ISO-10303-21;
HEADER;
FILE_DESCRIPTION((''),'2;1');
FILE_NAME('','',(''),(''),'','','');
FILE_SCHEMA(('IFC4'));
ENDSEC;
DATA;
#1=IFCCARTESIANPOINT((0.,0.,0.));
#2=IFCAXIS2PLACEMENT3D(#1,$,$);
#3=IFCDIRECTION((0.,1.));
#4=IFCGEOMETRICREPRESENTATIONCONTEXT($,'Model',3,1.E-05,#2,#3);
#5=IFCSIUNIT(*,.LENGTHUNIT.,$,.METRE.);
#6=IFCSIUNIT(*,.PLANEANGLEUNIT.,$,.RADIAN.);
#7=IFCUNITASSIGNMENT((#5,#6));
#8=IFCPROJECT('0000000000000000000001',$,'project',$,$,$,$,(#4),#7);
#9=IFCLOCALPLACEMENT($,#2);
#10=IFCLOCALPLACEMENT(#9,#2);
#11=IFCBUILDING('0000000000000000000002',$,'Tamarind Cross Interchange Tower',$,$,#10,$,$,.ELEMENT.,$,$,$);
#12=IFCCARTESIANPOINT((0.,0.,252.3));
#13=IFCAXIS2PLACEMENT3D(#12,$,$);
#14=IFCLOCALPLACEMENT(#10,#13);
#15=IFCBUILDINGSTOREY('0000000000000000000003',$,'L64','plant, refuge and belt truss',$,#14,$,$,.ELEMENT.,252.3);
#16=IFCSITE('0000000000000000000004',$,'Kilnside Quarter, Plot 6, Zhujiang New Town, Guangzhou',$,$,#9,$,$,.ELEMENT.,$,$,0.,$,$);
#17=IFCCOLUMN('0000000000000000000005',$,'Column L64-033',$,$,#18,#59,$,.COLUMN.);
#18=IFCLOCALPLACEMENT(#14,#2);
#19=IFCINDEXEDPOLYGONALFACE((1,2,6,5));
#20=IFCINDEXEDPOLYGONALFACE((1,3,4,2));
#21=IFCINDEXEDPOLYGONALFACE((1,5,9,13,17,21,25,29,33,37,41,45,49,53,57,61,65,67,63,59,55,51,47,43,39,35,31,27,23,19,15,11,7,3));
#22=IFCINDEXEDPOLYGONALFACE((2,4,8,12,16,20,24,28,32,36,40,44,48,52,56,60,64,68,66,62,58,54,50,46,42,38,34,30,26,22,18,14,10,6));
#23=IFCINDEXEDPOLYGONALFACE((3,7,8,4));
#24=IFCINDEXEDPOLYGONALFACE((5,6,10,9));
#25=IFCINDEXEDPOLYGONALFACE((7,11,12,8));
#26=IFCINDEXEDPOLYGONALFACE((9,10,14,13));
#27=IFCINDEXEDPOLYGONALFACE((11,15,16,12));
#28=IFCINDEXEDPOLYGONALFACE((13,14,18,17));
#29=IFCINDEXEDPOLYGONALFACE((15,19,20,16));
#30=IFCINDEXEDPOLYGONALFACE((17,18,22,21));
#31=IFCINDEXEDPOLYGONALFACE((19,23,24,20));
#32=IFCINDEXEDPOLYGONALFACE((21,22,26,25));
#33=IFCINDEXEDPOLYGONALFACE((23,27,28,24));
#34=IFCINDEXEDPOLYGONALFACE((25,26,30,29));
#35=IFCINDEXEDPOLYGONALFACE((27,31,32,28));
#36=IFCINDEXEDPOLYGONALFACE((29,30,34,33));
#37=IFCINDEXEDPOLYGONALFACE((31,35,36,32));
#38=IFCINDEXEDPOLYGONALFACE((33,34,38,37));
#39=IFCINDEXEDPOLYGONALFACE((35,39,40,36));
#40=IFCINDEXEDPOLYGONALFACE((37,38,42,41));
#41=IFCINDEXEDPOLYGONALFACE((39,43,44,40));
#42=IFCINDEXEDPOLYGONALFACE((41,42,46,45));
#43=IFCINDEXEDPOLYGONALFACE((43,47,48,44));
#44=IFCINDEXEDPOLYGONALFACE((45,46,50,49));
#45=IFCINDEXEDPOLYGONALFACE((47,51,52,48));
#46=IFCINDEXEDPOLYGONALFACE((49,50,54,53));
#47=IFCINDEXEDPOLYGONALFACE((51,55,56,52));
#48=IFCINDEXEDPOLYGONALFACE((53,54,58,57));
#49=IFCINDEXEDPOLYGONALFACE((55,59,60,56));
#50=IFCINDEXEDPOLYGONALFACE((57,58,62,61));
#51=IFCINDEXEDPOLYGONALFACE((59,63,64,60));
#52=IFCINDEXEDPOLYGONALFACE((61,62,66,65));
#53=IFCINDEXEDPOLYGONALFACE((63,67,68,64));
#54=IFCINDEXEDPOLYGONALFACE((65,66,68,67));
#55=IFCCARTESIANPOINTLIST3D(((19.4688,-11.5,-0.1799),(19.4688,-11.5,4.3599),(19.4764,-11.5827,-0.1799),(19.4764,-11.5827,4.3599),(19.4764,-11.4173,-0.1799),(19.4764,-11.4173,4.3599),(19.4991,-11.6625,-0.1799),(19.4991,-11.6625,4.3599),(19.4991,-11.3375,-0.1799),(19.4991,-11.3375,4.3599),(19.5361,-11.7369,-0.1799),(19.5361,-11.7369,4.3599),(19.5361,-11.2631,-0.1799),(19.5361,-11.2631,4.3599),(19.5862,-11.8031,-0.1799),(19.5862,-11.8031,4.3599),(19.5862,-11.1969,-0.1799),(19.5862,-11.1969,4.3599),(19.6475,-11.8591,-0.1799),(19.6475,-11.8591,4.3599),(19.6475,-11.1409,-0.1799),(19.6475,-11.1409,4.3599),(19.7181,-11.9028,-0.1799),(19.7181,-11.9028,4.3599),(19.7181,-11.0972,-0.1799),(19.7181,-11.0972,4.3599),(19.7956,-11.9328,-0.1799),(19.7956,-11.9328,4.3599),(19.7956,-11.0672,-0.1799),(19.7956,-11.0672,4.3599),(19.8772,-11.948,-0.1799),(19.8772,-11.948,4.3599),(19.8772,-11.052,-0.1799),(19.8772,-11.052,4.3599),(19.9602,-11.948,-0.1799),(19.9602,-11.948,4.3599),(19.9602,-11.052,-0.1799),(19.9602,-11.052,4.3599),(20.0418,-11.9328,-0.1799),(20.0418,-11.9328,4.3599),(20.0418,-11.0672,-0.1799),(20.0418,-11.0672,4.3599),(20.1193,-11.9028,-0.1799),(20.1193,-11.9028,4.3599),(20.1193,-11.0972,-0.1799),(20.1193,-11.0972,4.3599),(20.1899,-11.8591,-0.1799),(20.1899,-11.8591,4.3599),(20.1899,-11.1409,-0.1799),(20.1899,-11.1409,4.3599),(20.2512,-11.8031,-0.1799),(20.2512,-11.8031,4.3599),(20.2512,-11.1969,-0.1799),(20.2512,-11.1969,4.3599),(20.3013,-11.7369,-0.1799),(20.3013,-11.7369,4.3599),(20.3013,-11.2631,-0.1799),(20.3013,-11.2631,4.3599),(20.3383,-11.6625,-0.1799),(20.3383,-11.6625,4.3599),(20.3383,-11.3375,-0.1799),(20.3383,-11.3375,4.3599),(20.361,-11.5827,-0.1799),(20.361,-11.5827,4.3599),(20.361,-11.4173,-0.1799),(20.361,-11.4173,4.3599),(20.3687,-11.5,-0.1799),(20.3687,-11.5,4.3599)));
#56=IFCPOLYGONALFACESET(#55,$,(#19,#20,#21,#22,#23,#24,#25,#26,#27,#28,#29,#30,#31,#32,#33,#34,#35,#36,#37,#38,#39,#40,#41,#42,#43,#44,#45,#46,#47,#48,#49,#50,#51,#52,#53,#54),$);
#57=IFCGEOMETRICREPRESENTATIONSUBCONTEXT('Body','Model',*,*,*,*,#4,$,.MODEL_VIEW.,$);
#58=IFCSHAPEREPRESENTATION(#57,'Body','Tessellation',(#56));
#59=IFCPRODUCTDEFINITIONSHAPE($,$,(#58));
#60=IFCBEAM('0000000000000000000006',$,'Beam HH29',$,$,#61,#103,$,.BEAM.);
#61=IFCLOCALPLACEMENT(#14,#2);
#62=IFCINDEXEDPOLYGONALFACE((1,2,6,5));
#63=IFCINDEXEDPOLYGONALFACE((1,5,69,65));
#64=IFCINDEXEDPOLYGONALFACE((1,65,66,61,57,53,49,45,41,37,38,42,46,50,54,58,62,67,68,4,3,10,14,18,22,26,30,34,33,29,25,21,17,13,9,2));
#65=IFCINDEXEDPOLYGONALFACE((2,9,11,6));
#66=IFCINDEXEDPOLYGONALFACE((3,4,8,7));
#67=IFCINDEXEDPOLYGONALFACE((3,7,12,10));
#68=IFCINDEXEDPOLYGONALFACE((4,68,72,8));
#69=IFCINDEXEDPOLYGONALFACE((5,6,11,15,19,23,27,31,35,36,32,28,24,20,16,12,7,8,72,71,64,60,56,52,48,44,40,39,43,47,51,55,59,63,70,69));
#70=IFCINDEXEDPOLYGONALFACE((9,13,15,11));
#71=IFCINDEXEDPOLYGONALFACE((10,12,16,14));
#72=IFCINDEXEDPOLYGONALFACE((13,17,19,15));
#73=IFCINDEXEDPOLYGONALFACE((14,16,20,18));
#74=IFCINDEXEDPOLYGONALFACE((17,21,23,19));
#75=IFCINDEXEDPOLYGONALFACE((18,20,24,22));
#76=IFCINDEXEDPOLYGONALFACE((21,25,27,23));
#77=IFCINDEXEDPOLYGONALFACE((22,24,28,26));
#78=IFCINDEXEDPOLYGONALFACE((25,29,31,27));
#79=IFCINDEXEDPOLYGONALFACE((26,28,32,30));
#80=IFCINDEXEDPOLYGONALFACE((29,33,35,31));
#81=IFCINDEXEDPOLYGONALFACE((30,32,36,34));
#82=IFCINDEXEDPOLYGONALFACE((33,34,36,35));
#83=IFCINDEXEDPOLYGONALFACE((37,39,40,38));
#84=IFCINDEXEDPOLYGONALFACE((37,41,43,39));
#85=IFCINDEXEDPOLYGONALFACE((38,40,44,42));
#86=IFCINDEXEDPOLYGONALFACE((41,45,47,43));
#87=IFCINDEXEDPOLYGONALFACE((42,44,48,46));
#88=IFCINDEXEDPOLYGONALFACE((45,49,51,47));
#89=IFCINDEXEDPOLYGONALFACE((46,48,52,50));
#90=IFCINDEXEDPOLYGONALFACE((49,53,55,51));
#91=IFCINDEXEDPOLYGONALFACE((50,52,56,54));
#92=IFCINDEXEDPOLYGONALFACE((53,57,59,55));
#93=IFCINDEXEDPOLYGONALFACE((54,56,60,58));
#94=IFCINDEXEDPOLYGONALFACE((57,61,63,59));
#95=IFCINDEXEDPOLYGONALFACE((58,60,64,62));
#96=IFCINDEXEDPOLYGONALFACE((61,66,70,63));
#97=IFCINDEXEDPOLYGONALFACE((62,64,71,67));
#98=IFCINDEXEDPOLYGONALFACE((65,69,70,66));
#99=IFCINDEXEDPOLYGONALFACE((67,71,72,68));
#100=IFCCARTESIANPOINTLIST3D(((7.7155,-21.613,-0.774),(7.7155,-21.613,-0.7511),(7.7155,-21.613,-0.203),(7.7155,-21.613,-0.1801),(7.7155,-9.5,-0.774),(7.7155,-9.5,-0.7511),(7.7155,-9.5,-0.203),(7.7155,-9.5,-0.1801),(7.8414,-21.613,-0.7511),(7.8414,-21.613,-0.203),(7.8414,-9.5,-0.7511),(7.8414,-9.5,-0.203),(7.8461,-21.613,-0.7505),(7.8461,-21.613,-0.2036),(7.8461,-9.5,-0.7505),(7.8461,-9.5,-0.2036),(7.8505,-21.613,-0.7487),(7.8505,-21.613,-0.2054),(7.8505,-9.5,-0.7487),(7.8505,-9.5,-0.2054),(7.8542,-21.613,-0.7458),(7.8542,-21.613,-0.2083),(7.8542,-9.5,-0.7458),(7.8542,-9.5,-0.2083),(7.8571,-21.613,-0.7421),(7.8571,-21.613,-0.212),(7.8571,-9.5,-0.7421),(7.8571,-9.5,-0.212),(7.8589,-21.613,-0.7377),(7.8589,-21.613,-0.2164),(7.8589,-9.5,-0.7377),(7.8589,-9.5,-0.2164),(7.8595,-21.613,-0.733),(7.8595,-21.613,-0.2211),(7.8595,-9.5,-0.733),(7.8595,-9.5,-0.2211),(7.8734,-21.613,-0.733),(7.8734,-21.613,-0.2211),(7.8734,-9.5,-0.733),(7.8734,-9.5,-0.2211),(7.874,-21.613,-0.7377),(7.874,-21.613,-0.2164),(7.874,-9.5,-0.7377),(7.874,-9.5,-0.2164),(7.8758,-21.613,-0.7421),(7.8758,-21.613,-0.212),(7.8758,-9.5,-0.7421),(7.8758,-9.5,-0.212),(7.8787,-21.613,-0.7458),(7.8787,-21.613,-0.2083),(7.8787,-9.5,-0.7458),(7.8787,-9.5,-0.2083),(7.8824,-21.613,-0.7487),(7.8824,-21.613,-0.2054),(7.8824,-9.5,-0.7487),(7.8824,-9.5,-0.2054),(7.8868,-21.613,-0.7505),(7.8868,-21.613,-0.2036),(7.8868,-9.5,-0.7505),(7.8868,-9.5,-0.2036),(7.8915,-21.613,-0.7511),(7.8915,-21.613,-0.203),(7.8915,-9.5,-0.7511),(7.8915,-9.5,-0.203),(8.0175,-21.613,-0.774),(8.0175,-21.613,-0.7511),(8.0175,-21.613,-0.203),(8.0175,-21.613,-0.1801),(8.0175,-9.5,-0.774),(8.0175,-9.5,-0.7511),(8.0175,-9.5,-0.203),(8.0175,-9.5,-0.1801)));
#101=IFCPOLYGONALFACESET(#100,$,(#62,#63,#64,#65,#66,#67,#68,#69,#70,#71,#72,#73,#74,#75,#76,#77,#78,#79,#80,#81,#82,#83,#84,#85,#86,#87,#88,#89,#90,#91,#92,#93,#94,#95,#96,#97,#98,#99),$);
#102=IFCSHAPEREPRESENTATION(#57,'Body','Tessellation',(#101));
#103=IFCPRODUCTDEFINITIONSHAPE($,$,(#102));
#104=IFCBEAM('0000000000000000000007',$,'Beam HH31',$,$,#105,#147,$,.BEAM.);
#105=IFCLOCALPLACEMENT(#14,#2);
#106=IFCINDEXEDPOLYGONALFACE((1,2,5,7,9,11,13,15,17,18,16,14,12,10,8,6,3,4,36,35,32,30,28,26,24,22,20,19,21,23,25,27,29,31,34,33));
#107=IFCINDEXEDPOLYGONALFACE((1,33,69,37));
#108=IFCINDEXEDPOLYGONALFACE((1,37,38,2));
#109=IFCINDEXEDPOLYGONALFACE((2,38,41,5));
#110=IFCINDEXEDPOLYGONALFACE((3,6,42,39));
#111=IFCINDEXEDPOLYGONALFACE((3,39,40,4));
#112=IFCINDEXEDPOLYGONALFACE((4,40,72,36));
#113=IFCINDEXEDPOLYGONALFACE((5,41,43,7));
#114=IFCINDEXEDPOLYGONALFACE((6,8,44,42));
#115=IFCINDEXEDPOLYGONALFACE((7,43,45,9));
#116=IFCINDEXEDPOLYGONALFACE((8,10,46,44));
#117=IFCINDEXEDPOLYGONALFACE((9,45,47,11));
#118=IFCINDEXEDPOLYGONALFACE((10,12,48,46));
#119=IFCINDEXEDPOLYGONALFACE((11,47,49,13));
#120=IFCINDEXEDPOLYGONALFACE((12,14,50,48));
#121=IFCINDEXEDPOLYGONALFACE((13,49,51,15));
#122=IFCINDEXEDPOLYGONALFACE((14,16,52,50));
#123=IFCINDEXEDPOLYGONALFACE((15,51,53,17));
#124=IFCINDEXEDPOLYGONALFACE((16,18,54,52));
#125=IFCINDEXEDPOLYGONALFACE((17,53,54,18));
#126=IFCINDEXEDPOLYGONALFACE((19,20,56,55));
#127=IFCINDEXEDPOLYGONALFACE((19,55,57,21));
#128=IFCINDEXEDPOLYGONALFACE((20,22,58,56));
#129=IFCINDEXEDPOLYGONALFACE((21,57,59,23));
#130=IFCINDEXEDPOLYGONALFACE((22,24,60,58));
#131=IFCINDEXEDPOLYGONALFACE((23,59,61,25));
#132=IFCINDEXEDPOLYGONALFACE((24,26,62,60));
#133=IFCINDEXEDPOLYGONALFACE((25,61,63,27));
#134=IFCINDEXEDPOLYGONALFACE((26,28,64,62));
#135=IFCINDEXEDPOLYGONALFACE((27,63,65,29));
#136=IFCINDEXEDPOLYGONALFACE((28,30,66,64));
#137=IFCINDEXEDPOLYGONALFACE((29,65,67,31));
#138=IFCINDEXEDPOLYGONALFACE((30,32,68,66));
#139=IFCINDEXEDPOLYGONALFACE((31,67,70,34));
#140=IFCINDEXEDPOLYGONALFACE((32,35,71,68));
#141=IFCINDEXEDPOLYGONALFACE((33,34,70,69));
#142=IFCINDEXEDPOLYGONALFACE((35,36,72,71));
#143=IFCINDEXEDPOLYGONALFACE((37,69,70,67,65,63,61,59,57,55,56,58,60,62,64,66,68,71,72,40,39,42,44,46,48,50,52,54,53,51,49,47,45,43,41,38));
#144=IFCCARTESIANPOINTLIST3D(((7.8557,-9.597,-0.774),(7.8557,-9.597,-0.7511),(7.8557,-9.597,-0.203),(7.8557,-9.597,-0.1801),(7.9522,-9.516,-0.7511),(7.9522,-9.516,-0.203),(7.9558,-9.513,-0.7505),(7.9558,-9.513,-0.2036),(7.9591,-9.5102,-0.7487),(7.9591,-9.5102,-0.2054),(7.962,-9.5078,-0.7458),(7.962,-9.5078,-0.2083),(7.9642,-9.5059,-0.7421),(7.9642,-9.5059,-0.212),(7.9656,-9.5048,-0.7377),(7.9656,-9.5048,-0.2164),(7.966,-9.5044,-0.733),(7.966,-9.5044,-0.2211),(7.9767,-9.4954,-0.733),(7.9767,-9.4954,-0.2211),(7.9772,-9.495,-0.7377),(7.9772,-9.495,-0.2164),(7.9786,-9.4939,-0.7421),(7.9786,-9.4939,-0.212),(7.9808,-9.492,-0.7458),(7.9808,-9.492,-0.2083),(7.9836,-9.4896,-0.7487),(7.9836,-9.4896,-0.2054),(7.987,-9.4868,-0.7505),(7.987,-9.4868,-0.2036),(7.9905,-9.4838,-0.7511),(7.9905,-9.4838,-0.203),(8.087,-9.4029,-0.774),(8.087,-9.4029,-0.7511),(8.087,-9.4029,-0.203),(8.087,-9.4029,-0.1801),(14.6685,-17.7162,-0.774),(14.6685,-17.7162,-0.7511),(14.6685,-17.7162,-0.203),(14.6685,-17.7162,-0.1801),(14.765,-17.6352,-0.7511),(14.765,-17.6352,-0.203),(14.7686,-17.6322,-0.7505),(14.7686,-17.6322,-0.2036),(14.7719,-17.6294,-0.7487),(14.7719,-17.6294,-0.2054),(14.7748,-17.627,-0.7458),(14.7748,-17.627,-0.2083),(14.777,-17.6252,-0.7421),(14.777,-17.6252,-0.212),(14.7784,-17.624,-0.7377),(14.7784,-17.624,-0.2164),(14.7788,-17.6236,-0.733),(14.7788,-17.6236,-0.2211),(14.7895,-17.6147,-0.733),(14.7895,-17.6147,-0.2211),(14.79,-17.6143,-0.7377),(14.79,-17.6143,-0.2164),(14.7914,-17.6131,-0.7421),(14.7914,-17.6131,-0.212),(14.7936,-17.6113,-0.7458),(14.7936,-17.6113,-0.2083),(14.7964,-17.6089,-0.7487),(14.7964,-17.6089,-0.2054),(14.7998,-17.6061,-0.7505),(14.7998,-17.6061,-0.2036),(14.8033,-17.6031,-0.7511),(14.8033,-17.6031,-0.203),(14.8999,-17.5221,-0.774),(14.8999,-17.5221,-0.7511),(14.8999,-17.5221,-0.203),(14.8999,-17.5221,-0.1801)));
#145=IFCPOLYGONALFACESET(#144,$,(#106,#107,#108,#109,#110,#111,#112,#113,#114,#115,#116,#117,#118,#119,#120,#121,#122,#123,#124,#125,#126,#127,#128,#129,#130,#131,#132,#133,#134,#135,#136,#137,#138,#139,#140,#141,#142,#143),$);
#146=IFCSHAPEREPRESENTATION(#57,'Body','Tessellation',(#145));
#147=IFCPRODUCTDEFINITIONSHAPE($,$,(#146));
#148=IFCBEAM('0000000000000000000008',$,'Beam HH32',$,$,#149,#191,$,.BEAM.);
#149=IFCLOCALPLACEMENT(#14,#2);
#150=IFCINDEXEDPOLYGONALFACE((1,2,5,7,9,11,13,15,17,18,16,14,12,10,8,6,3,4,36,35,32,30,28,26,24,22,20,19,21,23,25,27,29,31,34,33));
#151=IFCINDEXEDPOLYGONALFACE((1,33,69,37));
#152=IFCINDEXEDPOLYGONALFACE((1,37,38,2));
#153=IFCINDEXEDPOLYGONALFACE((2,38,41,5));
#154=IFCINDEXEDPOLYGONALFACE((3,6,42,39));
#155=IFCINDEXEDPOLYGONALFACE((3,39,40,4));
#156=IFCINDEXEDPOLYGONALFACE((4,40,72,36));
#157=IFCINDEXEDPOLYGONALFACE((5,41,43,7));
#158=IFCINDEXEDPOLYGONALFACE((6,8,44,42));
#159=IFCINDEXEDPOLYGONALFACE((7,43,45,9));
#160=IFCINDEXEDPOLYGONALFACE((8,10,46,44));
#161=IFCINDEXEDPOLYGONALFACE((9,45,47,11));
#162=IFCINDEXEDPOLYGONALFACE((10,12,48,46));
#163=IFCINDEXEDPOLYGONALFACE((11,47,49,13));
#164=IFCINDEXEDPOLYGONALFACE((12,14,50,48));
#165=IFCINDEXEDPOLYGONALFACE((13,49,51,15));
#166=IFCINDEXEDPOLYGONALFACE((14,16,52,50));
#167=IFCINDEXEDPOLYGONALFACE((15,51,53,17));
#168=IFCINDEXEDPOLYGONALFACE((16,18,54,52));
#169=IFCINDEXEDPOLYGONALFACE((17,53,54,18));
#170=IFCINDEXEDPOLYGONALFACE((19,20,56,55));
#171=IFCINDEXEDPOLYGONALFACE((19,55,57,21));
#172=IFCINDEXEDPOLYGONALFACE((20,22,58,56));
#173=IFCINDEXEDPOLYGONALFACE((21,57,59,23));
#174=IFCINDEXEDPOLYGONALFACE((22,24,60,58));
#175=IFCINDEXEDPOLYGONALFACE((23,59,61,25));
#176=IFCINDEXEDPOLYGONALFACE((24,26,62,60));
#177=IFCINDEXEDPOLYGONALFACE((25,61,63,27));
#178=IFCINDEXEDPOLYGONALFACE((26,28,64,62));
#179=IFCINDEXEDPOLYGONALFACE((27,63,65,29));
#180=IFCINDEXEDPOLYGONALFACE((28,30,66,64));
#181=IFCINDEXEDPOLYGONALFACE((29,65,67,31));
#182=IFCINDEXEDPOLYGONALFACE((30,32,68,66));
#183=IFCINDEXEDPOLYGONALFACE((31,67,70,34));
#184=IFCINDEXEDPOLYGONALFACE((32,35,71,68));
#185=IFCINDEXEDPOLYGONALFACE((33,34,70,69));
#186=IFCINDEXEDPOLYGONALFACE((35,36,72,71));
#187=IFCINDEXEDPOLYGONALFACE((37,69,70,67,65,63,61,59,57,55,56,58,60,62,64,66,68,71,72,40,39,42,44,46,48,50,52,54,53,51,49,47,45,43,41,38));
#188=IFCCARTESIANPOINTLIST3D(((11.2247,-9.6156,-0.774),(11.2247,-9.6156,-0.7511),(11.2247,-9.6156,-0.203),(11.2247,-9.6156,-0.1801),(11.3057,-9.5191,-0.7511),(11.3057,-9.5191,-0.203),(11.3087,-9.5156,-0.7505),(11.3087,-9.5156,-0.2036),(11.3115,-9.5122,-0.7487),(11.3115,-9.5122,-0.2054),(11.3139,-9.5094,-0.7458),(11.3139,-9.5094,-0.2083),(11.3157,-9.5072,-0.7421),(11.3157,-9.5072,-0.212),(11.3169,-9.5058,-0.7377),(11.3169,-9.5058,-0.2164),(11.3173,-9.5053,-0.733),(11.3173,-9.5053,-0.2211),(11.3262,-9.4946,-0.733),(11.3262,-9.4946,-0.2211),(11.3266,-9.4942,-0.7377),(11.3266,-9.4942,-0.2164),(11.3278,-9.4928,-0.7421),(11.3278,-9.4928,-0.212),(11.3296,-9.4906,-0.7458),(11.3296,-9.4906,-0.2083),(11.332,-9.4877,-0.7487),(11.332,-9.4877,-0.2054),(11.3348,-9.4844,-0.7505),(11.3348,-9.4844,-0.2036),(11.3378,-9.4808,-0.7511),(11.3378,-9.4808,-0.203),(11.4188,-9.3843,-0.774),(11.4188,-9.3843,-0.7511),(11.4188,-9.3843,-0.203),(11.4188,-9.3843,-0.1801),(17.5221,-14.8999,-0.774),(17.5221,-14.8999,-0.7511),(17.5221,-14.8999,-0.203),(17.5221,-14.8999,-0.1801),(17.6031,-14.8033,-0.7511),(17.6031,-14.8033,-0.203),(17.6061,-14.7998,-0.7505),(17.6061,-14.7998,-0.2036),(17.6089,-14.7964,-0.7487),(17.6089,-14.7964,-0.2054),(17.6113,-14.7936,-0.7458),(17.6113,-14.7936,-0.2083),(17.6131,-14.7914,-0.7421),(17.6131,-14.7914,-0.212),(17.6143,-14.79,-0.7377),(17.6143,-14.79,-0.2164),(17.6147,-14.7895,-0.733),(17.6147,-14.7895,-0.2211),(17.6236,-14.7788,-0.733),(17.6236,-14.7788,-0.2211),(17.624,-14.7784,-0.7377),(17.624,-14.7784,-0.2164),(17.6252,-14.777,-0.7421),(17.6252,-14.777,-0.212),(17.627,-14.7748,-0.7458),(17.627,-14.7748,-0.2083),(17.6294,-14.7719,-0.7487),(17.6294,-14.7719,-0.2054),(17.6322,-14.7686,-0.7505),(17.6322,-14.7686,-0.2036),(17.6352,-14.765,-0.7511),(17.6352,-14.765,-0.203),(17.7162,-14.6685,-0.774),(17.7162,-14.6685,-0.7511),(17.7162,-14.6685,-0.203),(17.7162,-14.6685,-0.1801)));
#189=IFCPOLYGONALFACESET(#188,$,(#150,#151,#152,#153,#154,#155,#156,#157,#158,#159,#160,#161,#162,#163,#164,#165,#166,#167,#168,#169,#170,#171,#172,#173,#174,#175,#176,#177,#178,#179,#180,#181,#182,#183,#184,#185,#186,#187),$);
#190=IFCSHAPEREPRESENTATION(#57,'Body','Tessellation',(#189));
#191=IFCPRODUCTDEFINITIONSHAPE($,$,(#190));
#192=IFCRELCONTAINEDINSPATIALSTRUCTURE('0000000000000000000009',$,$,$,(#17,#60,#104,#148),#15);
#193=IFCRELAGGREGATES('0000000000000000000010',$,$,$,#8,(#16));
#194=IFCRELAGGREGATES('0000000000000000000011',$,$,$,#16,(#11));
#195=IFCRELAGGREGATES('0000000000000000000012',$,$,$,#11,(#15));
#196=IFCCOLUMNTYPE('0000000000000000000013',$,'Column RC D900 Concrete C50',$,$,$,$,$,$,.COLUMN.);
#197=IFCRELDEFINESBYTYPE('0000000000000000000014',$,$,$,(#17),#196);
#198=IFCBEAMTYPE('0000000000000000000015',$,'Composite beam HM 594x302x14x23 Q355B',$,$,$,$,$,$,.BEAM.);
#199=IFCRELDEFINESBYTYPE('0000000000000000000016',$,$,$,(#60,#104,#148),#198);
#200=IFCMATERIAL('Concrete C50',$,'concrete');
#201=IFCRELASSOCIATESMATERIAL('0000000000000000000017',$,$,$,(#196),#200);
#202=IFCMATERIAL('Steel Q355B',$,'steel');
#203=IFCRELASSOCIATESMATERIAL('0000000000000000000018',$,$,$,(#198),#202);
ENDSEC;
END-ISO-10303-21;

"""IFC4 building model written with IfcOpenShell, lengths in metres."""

from ifc_helpers import new_model, si_unit, direction, frame, origin, origin_2d, place, context, subcontext, project, spatial, circle, i_section, extrude, material, material_profile, profile_set, type_object, element, save


model = new_model("IFC4")

# Units and contexts
model_context = context("Model", 3, precision=1e-05, world=origin(), true_north=direction((0.0, 1.0)))
body_context = subcontext(model_context, "Body", "Model", "MODEL_VIEW")
ifc_project = project(units=[si_unit("LENGTHUNIT", "METRE"), si_unit("PLANEANGLEUNIT", "RADIAN")], contexts=[model_context])

# Site, building, storey
site_placement = place(None, origin())
site = spatial("IfcSite", under=ifc_project, at=site_placement, Name="Kilnside Quarter, Plot 6, Zhujiang New Town, Guangzhou", CompositionType="ELEMENT", RefElevation=0.0)
building_placement = place(site_placement, origin())
building = spatial("IfcBuilding", under=site, at=building_placement, Name="Tamarind Cross Interchange Tower", CompositionType="ELEMENT")
storey_placement = place(building_placement, frame((0.0, 0.0, 252.3)))
storey = spatial("IfcBuildingStorey", under=building, at=storey_placement, Name="L64", Description="plant, refuge and belt truss", CompositionType="ELEMENT", Elevation=252.3)

# Column
ifc_material_1 = material(Name="Concrete C50", Category="concrete")
ifc_material_profile_1 = material_profile(ifc_material_1, circle(Radius=0.45, at=origin_2d()), Name="RC D900")
ifc_profile_set_1 = profile_set([ifc_material_profile_1], Name="Concrete C50")
column_type = type_object("IfcColumnType", Name="Column RC D900 Concrete C50", PredefinedType="COLUMN", material=ifc_profile_set_1)
for number, where, z_axis, x_axis, name in (
    (1, (19.9187, -11.5, -0.1799), (0.0, 0.0, 1.0), (1.0, 0.0, 0.0), "Column L64-033"),
):
    element("IfcColumn", number, at=place(storey_placement, frame(where, z_axis=z_axis, x_axis=x_axis)), inside=storey, type_object=column_type, Name=name, PredefinedType="COLUMN", context=body_context, shape_type="SweptSolid", body=[
        extrude(circle(Radius=0.45, at=origin_2d()), origin(), (0.0, 0.0, 1.0), 4.5398),
    ])

# Beams
ifc_material_2 = material(Name="Steel Q355B", Category="steel")
ifc_material_profile_2 = material_profile(ifc_material_2, i_section(OverallWidth=0.302, OverallDepth=0.594, WebThickness=0.0139, FlangeThickness=0.0229, FilletRadius=0.0181, at=origin_2d()), Name="HM 594x302x14x23")
ifc_profile_set_2 = profile_set([ifc_material_profile_2], Name="Steel Q355B")
beam_type = type_object("IfcBeamType", Name="Composite beam HM 594x302x14x23 Q355B", PredefinedType="BEAM", material=ifc_profile_set_2)
beam_1_placement = place(storey_placement, frame((7.8665, -21.613, -0.4771), z_axis=(0.0, 1.0, 0.0), x_axis=(-1.0, 0.0, 0.0)))
element("IfcBeam", 2, at=beam_1_placement, inside=storey, type_object=beam_type, Name="Beam HH29", PredefinedType="BEAM", context=body_context, shape_type="SweptSolid", body=[
    extrude(i_section(OverallWidth=0.302, OverallDepth=0.594, WebThickness=0.0139, FlangeThickness=0.0229, FilletRadius=0.0181, at=origin_2d()), origin(), (0.0, 0.0, 1.0), 12.113),
])
beam_2_placement = place(storey_placement, frame((14.7842, -17.6191, -0.4771), z_axis=(-0.642786, 0.766046, 0.0), x_axis=(-0.766046, -0.642786, 0.0)))
element("IfcBeam", 3, at=beam_2_placement, inside=storey, type_object=beam_type, Name="Beam HH31", PredefinedType="BEAM", context=body_context, shape_type="SweptSolid", body=[
    extrude(i_section(OverallWidth=0.302, OverallDepth=0.594, WebThickness=0.0139, FlangeThickness=0.0229, FilletRadius=0.0181, at=origin_2d()), origin(), (0.0, 0.0, 1.0), 10.5989),
])
beam_3_placement = place(storey_placement, frame((17.6191, -14.7842, -0.4771), z_axis=(-0.766041, 0.642792, 0.0), x_axis=(-0.642792, -0.766041, 0.0)))
element("IfcBeam", 4, at=beam_3_placement, inside=storey, type_object=beam_type, Name="Beam HH32", PredefinedType="BEAM", context=body_context, shape_type="SweptSolid", body=[
    extrude(i_section(OverallWidth=0.302, OverallDepth=0.594, WebThickness=0.0139, FlangeThickness=0.0229, FilletRadius=0.0181, at=origin_2d()), origin(), (0.0, 0.0, 1.0), 8.2207),
])

save(model, "model.ifc")
